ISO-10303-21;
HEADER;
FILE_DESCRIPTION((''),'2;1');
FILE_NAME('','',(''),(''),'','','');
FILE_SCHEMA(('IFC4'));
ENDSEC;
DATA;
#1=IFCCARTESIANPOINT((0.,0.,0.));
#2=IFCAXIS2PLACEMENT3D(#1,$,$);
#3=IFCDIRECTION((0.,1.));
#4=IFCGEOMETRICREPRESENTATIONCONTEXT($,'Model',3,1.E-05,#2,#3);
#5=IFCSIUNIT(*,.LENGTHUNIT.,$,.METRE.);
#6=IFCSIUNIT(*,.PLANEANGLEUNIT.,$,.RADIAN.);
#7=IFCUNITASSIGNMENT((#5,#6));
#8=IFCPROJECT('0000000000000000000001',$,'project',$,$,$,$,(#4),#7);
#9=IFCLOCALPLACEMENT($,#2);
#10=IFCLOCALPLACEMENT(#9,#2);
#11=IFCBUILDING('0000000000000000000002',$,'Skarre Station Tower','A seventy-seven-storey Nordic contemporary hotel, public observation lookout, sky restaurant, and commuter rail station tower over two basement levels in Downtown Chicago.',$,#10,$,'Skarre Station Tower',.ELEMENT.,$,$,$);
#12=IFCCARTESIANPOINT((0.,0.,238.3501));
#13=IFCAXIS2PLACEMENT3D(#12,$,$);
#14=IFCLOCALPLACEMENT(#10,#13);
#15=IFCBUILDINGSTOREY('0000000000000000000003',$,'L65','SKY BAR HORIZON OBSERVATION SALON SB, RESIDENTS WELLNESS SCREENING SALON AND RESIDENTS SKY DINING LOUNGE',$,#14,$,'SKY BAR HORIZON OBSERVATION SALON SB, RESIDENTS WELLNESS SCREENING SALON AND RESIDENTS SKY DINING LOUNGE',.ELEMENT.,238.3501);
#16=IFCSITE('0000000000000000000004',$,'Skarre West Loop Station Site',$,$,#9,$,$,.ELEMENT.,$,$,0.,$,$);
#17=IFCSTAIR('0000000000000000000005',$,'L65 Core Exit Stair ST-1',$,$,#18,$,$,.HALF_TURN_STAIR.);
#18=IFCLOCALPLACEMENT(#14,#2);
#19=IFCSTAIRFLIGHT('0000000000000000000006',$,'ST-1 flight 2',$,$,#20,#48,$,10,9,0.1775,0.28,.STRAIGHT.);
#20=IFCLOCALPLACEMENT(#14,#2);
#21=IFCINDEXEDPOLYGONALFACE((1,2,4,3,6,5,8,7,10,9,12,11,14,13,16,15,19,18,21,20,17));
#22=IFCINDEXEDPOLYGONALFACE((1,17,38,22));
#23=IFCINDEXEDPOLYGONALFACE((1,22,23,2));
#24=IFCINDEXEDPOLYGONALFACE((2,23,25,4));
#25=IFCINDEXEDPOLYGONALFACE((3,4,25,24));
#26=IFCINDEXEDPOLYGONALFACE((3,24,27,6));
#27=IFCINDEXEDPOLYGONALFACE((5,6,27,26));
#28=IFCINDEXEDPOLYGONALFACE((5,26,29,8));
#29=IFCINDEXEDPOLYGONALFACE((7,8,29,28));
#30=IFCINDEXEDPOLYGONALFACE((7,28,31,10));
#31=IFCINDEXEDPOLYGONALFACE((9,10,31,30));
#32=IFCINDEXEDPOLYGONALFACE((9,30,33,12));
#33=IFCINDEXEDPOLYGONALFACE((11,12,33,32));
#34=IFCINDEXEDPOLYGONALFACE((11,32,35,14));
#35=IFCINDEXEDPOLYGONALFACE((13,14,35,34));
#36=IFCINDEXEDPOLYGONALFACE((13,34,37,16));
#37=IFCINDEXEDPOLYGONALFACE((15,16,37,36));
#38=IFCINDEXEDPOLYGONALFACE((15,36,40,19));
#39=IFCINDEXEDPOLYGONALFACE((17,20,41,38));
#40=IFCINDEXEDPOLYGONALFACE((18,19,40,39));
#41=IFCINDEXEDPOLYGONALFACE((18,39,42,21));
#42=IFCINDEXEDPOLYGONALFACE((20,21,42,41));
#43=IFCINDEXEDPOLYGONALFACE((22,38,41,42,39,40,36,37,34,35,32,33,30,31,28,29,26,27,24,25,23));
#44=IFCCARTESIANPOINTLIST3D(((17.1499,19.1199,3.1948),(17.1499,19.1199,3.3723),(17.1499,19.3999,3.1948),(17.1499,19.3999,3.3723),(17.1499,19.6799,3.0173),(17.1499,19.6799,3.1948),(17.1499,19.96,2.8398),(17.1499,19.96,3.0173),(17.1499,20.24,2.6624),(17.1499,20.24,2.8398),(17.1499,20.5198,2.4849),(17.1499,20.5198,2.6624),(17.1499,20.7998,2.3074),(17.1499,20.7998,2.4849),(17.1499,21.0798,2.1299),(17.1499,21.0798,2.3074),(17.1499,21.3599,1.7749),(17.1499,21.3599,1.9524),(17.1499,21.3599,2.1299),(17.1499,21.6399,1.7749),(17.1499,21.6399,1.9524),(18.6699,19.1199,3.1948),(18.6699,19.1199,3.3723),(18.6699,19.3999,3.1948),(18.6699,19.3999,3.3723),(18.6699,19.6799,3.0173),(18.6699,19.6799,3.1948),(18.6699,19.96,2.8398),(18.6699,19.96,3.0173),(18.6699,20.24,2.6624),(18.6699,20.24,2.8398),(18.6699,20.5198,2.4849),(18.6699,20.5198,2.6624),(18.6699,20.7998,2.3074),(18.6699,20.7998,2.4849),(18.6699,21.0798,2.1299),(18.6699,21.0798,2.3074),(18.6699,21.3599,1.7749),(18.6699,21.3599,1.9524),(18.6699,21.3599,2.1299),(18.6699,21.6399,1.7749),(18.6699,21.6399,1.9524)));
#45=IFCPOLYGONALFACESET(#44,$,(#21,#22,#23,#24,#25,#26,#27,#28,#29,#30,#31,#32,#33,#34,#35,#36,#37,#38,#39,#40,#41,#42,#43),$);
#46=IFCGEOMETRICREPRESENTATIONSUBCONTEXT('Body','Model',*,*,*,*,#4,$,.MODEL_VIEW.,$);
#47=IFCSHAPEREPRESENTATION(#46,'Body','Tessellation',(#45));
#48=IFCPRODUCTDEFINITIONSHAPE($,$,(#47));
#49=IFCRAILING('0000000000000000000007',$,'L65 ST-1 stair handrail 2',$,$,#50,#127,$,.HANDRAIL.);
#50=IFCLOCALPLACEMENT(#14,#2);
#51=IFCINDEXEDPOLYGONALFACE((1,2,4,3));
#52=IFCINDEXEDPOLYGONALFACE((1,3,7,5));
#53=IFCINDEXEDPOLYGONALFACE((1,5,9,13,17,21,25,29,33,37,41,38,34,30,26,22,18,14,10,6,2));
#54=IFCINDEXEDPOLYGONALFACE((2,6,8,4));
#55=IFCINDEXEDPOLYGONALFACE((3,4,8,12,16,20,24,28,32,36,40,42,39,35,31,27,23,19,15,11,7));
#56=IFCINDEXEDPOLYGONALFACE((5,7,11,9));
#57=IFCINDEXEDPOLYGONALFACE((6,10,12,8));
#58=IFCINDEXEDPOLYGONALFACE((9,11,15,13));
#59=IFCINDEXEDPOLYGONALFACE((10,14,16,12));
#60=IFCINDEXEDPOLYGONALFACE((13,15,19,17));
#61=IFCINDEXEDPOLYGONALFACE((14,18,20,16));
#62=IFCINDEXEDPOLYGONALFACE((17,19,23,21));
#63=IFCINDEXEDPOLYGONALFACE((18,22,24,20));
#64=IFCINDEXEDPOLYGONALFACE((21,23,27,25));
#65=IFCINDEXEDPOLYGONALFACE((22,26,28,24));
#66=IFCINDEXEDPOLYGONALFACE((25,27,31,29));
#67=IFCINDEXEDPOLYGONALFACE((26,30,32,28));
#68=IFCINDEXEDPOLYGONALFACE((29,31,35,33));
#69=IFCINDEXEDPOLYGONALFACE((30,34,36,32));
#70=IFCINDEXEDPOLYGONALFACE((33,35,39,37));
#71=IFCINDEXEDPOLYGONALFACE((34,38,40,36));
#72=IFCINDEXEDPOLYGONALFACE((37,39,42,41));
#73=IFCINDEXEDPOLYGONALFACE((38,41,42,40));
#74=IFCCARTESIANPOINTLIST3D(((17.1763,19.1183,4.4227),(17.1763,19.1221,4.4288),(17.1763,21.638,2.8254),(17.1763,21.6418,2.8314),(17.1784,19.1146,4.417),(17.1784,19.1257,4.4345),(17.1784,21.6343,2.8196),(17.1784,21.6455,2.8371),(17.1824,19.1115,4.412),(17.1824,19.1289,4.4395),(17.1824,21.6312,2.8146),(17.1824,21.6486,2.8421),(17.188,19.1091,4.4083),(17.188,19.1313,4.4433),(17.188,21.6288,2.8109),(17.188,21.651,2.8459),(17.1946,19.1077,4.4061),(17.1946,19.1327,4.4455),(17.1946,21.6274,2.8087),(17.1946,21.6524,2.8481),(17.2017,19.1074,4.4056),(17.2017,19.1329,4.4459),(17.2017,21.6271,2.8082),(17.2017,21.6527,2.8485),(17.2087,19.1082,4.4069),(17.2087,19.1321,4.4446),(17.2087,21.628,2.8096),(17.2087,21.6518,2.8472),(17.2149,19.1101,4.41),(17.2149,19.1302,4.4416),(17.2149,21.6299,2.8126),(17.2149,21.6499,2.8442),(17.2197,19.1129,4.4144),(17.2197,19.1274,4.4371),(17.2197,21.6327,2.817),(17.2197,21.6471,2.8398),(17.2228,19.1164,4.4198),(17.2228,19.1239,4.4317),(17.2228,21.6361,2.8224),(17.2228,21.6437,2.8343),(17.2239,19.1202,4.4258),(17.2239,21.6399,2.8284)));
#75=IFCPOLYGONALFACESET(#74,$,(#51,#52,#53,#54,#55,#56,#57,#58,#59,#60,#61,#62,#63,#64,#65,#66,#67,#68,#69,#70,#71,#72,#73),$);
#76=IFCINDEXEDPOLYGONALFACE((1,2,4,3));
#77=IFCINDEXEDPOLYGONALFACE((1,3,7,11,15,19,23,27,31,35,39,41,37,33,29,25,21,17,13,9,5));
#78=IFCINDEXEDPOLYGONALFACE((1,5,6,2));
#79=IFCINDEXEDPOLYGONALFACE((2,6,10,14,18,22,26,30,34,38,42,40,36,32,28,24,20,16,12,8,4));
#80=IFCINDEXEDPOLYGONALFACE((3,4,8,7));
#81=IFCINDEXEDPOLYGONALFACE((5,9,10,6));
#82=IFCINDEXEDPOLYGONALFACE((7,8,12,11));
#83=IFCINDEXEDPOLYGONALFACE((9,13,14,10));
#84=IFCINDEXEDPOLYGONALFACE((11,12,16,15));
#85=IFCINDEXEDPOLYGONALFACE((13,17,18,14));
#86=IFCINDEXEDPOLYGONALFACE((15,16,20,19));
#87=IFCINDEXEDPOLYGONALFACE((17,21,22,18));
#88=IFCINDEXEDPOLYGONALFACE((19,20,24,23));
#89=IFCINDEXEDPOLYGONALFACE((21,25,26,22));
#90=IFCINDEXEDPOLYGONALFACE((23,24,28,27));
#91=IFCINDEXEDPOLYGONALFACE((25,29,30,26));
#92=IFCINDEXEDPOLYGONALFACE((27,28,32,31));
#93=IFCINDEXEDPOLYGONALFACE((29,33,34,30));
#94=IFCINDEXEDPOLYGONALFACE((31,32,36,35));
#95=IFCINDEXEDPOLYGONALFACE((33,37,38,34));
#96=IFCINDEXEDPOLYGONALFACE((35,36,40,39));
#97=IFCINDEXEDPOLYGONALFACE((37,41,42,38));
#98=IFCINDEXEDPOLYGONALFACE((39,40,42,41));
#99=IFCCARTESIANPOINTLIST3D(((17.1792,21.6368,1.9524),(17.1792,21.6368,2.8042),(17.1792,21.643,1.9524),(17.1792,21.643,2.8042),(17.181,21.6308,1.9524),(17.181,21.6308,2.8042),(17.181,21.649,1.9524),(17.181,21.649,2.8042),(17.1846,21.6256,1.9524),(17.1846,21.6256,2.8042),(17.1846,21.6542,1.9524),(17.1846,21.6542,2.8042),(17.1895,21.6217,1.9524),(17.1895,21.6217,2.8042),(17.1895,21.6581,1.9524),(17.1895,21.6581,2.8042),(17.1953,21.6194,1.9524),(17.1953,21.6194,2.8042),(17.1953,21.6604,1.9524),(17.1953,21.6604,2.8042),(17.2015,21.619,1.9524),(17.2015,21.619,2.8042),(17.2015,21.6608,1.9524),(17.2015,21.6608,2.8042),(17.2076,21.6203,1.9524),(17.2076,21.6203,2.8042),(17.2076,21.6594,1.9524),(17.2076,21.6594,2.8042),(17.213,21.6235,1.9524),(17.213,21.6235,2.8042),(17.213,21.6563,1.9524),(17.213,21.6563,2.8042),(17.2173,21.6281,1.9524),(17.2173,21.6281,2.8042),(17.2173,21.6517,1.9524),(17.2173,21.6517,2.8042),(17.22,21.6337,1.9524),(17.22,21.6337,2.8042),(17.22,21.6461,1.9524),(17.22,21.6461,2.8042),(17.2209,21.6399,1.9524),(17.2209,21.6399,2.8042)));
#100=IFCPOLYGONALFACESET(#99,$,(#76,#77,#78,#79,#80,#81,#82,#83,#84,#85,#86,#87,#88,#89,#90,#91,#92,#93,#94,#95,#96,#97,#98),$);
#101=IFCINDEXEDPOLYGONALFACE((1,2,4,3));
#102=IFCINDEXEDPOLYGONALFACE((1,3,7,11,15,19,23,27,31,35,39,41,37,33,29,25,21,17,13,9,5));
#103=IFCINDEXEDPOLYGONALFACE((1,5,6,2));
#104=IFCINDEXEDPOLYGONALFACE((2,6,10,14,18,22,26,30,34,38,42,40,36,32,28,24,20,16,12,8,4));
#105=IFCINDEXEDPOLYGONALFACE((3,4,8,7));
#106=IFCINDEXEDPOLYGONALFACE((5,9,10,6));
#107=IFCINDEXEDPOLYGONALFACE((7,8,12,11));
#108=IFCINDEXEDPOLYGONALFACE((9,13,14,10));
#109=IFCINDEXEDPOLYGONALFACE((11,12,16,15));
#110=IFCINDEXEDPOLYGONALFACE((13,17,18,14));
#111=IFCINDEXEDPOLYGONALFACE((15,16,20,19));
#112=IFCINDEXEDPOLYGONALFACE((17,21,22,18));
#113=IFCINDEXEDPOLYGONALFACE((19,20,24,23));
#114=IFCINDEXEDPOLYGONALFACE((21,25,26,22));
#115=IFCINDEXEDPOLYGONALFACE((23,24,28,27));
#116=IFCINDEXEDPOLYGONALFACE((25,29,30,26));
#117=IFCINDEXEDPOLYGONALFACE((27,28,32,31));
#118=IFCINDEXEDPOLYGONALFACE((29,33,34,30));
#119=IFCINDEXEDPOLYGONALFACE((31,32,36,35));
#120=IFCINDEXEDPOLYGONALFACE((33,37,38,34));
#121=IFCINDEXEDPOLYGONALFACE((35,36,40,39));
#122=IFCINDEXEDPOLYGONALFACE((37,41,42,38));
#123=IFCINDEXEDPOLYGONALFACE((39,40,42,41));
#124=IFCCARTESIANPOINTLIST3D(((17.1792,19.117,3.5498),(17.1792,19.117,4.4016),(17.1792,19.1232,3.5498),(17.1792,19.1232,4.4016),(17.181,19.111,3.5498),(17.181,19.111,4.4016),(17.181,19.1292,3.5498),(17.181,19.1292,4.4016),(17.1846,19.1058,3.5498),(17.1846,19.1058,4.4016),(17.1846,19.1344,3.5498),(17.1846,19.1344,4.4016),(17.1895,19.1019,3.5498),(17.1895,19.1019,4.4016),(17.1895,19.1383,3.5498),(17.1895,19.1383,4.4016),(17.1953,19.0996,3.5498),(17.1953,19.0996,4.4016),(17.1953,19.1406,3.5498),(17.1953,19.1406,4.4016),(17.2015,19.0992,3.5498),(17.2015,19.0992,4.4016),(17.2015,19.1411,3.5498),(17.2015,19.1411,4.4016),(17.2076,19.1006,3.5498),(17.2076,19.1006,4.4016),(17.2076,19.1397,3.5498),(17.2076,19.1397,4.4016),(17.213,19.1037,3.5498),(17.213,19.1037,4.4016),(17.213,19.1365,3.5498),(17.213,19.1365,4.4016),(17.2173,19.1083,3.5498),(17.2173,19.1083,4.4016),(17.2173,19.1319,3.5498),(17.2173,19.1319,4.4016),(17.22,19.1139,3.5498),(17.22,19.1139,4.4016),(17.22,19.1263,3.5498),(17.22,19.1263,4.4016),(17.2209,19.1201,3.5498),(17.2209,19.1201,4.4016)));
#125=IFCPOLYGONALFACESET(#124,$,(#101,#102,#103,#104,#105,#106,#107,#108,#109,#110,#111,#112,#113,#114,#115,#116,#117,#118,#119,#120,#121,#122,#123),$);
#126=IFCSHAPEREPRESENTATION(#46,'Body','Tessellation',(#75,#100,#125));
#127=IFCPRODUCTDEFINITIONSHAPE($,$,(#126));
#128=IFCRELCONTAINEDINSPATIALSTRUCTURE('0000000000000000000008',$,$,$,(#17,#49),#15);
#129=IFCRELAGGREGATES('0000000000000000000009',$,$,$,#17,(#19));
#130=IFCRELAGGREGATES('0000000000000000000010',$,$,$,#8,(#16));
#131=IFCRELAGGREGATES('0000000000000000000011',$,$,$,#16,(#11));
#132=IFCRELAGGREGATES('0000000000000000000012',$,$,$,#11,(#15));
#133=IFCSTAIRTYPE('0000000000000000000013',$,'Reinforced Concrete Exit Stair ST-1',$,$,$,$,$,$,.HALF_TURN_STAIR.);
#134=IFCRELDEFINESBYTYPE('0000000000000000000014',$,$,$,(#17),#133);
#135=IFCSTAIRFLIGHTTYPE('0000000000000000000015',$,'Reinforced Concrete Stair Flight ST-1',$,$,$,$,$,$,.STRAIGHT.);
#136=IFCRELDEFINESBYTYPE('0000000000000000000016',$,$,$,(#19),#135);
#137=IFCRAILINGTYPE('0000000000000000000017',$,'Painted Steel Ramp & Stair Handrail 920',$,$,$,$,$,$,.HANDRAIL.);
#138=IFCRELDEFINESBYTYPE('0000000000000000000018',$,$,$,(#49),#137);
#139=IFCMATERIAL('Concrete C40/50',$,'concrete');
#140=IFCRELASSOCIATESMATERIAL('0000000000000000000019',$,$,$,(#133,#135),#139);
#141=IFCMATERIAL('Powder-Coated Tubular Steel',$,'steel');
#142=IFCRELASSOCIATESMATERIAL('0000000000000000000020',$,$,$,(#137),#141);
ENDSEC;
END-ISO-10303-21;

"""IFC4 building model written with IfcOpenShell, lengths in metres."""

from ifc_helpers import new_model, si_unit, direction, frame, origin, origin_2d, place, context, subcontext, project, spatial, polyline, circle, outline, extrude, material, type_object, element, aggregate, save


model = new_model("IFC4")

# Units and contexts
model_context = context("Model", 3, precision=1e-05, world=origin(), true_north=direction((0.0, 1.0)))
body_context = subcontext(model_context, "Body", "Model", "MODEL_VIEW")
ifc_project = project(units=[si_unit("LENGTHUNIT", "METRE"), si_unit("PLANEANGLEUNIT", "RADIAN")], contexts=[model_context])

# Site, building, storey
site_placement = place(None, origin())
site = spatial("IfcSite", under=ifc_project, at=site_placement, Name="Skarre West Loop Station Site", CompositionType="ELEMENT", RefElevation=0.0)
building_placement = place(site_placement, origin())
building = spatial("IfcBuilding", under=site, at=building_placement, Name="Skarre Station Tower", Description="A seventy-seven-storey Nordic contemporary hotel, public observation lookout, sky restaurant, and commuter rail station tower over two basement levels in Downtown Chicago.", LongName="Skarre Station Tower", CompositionType="ELEMENT")
storey_placement = place(building_placement, frame((0.0, 0.0, 238.3501)))
storey = spatial("IfcBuildingStorey", under=building, at=storey_placement, Name="L65", Description="SKY BAR HORIZON OBSERVATION SALON SB, RESIDENTS WELLNESS SCREENING SALON AND RESIDENTS SKY DINING LOUNGE", LongName="SKY BAR HORIZON OBSERVATION SALON SB, RESIDENTS WELLNESS SCREENING SALON AND RESIDENTS SKY DINING LOUNGE", CompositionType="ELEMENT", Elevation=238.3501)

# Stair, stair flight
ifc_material_1 = material(Name="Concrete C40/50", Category="concrete")
stair_type = type_object("IfcStairType", Name="Reinforced Concrete Exit Stair ST-1", PredefinedType="HALF_TURN_STAIR", material=ifc_material_1)
stair_placement = place(storey_placement, origin())
stair = element("IfcStair", 1, at=stair_placement, inside=storey, type_object=stair_type, Name="L65 Core Exit Stair ST-1", PredefinedType="HALF_TURN_STAIR")
stair_flight_type = type_object("IfcStairFlightType", Name="Reinforced Concrete Stair Flight ST-1", PredefinedType="STRAIGHT", material=ifc_material_1)
stair_flight_placement = place(storey_placement, frame((17.9099, 21.6399, 1.7749), z_axis=(0.0, 0.0, 1.0), x_axis=(0.0, -1.0, 0.0)))
stair_flight = element("IfcStairFlight", 2, at=stair_flight_placement, type_object=stair_flight_type, Name="ST-1 flight 2", NumberOfRisers=10, NumberOfTreads=9, PredefinedType="STRAIGHT", RiserHeight=0.1775, TreadLength=0.28, context=body_context, shape_type="SweptSolid", body=[
    extrude(outline(polyline([(0.0, 0.0), (0.0, 0.1775), (0.28, 0.1775), (0.28, 0.355), (0.5601, 0.355), (0.5601, 0.5325), (0.8401, 0.5325), (0.8401, 0.71), (1.1201, 0.71), (1.1201, 0.8875), (1.3999, 0.8875), (1.3999, 1.0649), (1.6799, 1.0649), (1.6799, 1.2424), (1.96, 1.2424), (1.96, 1.4199), (2.24, 1.4199), (2.24, 1.5974), (2.52, 1.5974), (2.52, 1.7749), (2.52, 1.4199), (0.28, 0.0), (0.0, 0.0)])), frame((0.0, 0.76, 0.0), z_axis=(0.0, -1.0, 0.0), x_axis=(1.0, 0.0, 0.0)), (0.0, 0.0, 1.0), 1.52),
])
aggregate(stair, [stair_flight])

# Railing
ifc_material_2 = material(Name="Powder-Coated Tubular Steel", Category="steel")
railing_type_1 = type_object("IfcRailingType", Name="Painted Steel Ramp & Stair Handrail 920", PredefinedType="HANDRAIL", material=ifc_material_2)
railing_1_placement = place(storey_placement, frame((17.2, 21.6399, 1.9524)))
element("IfcRailing", 3, at=railing_1_placement, inside=storey, type_object=railing_type_1, Name="L65 ST-1 stair handrail 2", PredefinedType="HANDRAIL", context=body_context, shape_type="SweptSolid", body=[
    extrude(circle(Radius=0.0239, at=origin_2d()), frame((0.0, 0.0, 0.876), z_axis=(0.0, -0.844583, 0.535424), x_axis=(1.0, 0.0, 0.0)), (0.0, 0.0, 1.0), 2.9834),
    extrude(circle(Radius=0.021, at=origin_2d()), origin(), (0.0, 0.0, 1.0), 0.8518),
    extrude(circle(Radius=0.021, at=origin_2d()), frame((0.0, -2.5198, 1.5974)), (0.0, 0.0, 1.0), 0.8518),
])

save(model, "model.ifc")
